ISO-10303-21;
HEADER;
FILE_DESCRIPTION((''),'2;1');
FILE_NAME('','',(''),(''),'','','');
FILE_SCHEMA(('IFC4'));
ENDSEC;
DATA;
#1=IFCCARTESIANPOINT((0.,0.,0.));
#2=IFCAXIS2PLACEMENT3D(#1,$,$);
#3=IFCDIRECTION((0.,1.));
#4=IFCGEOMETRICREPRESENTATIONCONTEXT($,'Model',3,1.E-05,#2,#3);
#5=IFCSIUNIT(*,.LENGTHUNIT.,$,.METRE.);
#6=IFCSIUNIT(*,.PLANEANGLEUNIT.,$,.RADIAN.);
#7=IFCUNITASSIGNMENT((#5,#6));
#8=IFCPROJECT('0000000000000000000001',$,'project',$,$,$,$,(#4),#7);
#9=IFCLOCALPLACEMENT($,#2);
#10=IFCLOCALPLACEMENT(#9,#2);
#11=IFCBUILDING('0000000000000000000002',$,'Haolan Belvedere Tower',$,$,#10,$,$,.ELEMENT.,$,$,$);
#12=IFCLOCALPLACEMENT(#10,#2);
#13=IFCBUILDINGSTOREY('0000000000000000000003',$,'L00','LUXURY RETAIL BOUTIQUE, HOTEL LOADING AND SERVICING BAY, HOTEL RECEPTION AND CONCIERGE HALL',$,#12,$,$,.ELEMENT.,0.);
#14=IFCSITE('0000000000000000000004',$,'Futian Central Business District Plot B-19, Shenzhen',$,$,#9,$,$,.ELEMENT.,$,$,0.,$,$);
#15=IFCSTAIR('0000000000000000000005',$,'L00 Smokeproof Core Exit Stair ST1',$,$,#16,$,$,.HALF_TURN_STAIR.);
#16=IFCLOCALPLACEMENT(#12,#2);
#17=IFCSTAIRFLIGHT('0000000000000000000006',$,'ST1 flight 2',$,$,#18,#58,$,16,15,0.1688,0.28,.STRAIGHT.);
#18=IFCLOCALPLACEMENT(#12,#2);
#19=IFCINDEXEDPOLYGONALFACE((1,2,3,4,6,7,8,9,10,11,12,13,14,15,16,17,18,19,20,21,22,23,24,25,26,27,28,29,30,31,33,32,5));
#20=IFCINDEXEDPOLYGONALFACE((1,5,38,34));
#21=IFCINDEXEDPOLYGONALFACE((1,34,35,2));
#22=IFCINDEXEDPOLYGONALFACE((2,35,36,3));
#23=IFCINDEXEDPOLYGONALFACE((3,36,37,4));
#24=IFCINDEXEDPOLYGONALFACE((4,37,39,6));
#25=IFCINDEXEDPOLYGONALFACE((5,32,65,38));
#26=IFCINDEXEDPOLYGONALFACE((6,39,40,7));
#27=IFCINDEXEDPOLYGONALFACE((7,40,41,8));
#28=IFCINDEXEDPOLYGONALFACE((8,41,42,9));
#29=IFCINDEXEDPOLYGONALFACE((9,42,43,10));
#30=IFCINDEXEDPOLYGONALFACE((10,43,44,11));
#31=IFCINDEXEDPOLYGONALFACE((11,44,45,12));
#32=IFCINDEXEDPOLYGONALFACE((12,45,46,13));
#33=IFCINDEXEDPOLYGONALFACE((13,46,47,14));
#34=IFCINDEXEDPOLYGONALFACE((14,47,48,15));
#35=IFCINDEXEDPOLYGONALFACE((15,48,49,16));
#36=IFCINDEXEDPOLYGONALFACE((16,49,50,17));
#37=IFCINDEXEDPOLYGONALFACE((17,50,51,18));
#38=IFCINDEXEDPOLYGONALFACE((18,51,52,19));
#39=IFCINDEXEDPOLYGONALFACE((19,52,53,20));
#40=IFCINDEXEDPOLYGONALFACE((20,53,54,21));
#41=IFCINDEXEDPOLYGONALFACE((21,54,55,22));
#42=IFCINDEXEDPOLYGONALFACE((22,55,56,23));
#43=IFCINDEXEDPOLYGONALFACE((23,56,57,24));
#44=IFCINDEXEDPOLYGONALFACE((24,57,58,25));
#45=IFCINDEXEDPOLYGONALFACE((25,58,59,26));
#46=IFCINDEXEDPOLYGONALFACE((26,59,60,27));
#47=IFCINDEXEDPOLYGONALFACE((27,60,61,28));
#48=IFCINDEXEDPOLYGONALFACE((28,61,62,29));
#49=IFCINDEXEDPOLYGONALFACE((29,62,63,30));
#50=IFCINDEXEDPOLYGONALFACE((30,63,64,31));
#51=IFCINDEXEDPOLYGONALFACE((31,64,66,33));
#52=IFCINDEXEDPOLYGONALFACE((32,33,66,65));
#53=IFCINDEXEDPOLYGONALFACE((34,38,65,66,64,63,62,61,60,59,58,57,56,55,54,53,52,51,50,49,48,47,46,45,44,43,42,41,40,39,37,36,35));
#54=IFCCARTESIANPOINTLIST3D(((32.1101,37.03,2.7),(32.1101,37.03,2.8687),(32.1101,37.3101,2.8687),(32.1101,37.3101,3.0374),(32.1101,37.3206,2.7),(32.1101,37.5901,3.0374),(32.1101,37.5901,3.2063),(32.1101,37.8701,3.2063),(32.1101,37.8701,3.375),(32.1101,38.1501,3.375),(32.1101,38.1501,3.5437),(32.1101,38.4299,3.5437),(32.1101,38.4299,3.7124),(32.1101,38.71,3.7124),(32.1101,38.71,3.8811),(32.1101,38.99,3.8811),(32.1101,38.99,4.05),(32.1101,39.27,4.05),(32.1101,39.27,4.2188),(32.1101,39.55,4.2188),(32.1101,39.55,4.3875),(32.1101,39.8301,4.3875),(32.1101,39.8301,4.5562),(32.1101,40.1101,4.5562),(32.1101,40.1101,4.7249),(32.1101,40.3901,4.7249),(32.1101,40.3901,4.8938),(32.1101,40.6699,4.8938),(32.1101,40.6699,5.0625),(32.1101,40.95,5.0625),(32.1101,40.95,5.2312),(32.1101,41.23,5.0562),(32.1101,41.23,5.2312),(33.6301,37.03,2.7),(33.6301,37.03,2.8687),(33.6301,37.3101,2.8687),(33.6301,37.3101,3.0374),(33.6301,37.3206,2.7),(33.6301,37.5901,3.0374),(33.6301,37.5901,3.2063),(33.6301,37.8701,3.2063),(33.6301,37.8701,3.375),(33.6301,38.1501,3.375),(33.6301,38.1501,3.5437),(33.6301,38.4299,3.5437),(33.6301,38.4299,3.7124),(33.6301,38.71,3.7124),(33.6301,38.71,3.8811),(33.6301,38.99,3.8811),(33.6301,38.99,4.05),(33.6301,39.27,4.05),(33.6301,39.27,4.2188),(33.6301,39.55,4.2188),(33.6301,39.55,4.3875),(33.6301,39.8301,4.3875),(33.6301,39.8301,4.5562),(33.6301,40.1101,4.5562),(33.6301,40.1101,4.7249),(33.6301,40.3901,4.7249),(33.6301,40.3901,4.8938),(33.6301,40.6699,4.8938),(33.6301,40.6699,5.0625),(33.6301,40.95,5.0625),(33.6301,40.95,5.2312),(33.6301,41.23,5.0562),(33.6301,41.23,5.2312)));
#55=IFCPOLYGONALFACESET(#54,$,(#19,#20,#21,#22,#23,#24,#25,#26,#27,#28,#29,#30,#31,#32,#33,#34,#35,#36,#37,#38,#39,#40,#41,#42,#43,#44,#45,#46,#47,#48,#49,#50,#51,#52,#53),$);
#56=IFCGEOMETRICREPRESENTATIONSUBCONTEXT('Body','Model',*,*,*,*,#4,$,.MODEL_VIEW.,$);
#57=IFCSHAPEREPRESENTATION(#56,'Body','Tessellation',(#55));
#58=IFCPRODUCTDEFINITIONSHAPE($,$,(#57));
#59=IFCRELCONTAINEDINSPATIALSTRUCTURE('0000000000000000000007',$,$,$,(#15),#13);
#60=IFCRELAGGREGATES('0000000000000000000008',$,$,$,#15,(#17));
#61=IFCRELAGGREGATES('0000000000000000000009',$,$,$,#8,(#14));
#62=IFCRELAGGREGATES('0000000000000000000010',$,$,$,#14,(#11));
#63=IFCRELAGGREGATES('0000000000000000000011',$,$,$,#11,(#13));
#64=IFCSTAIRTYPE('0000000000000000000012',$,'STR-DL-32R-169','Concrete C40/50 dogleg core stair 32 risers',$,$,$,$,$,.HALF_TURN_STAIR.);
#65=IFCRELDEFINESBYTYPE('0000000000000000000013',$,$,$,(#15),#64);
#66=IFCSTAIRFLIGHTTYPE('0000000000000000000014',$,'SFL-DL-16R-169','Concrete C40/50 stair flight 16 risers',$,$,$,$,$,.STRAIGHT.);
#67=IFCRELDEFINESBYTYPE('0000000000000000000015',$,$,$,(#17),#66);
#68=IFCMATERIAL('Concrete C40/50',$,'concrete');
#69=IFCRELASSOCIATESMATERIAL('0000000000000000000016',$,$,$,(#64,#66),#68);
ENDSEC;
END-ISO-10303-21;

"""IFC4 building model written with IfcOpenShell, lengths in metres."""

from ifc_helpers import new_model, si_unit, direction, frame, origin, place, context, subcontext, project, spatial, polyline, outline, extrude, material, type_object, element, aggregate, save


model = new_model("IFC4")

# Units and contexts
model_context = context("Model", 3, precision=1e-05, world=origin(), true_north=direction((0.0, 1.0)))
body_context = subcontext(model_context, "Body", "Model", "MODEL_VIEW")
ifc_project = project(units=[si_unit("LENGTHUNIT", "METRE"), si_unit("PLANEANGLEUNIT", "RADIAN")], contexts=[model_context])

# Site, building, storey
site_placement = place(None, origin())
site = spatial("IfcSite", under=ifc_project, at=site_placement, Name="Futian Central Business District Plot B-19, Shenzhen", CompositionType="ELEMENT", RefElevation=0.0)
building_placement = place(site_placement, origin())
building = spatial("IfcBuilding", under=site, at=building_placement, Name="Haolan Belvedere Tower", CompositionType="ELEMENT")
storey_placement = place(building_placement, origin())
storey = spatial("IfcBuildingStorey", under=building, at=storey_placement, Name="L00", Description="LUXURY RETAIL BOUTIQUE, HOTEL LOADING AND SERVICING BAY, HOTEL RECEPTION AND CONCIERGE HALL", CompositionType="ELEMENT", Elevation=0.0)

# Shared definitions
ifc_material_1 = material(Name="Concrete C40/50", Category="concrete")

# Stair, stair flight
stair_type = type_object("IfcStairType", Name="STR-DL-32R-169", Description="Concrete C40/50 dogleg core stair 32 risers", PredefinedType="HALF_TURN_STAIR", material=ifc_material_1)
stair_placement = place(storey_placement, origin())
stair = element("IfcStair", 1, at=stair_placement, inside=storey, type_object=stair_type, Name="L00 Smokeproof Core Exit Stair ST1", PredefinedType="HALF_TURN_STAIR")
stair_flight_type = type_object("IfcStairFlightType", Name="SFL-DL-16R-169", Description="Concrete C40/50 stair flight 16 risers", PredefinedType="STRAIGHT", material=ifc_material_1)
stair_flight_1_placement = place(storey_placement, frame((32.8701, 37.03, 2.7), z_axis=(0.0, 0.0, 1.0), x_axis=(0.0, 1.0, 0.0)))
stair_flight_1 = element("IfcStairFlight", 2, at=stair_flight_1_placement, type_object=stair_flight_type, Name="ST1 flight 2", NumberOfRisers=16, NumberOfTreads=15, PredefinedType="STRAIGHT", RiserHeight=0.1688, TreadLength=0.28, context=body_context, shape_type="SweptSolid", body=[
    extrude(outline(polyline([(0.0, 0.0), (0.0, 0.1687), (0.28, 0.1687), (0.28, 0.3374), (0.5601, 0.3374), (0.5601, 0.5063), (0.8401, 0.5063), (0.8401, 0.675), (1.1201, 0.675), (1.1201, 0.8438), (1.3999, 0.8438), (1.3999, 1.0125), (1.6799, 1.0125), (1.6799, 1.1812), (1.96, 1.1812), (1.96, 1.3501), (2.24, 1.3501), (2.24, 1.5188), (2.52, 1.5188), (2.52, 1.6875), (2.8, 1.6875), (2.8, 1.8562), (3.0801, 1.8562), (3.0801, 2.0249), (3.3601, 2.0249), (3.3601, 2.1938), (3.6399, 2.1938), (3.6399, 2.3625), (3.9199, 2.3625), (3.9199, 2.5312), (4.2, 2.5312), (4.2, 2.7), (4.2, 2.3562), (0.2905, 0.0), (0.0, 0.0)])), frame((0.0, 0.76, 0.0), z_axis=(0.0, -1.0, 0.0), x_axis=(1.0, 0.0, 0.0)), (0.0, 0.0, 1.0), 1.52),
])
aggregate(stair, [stair_flight_1])

save(model, "model.ifc")
